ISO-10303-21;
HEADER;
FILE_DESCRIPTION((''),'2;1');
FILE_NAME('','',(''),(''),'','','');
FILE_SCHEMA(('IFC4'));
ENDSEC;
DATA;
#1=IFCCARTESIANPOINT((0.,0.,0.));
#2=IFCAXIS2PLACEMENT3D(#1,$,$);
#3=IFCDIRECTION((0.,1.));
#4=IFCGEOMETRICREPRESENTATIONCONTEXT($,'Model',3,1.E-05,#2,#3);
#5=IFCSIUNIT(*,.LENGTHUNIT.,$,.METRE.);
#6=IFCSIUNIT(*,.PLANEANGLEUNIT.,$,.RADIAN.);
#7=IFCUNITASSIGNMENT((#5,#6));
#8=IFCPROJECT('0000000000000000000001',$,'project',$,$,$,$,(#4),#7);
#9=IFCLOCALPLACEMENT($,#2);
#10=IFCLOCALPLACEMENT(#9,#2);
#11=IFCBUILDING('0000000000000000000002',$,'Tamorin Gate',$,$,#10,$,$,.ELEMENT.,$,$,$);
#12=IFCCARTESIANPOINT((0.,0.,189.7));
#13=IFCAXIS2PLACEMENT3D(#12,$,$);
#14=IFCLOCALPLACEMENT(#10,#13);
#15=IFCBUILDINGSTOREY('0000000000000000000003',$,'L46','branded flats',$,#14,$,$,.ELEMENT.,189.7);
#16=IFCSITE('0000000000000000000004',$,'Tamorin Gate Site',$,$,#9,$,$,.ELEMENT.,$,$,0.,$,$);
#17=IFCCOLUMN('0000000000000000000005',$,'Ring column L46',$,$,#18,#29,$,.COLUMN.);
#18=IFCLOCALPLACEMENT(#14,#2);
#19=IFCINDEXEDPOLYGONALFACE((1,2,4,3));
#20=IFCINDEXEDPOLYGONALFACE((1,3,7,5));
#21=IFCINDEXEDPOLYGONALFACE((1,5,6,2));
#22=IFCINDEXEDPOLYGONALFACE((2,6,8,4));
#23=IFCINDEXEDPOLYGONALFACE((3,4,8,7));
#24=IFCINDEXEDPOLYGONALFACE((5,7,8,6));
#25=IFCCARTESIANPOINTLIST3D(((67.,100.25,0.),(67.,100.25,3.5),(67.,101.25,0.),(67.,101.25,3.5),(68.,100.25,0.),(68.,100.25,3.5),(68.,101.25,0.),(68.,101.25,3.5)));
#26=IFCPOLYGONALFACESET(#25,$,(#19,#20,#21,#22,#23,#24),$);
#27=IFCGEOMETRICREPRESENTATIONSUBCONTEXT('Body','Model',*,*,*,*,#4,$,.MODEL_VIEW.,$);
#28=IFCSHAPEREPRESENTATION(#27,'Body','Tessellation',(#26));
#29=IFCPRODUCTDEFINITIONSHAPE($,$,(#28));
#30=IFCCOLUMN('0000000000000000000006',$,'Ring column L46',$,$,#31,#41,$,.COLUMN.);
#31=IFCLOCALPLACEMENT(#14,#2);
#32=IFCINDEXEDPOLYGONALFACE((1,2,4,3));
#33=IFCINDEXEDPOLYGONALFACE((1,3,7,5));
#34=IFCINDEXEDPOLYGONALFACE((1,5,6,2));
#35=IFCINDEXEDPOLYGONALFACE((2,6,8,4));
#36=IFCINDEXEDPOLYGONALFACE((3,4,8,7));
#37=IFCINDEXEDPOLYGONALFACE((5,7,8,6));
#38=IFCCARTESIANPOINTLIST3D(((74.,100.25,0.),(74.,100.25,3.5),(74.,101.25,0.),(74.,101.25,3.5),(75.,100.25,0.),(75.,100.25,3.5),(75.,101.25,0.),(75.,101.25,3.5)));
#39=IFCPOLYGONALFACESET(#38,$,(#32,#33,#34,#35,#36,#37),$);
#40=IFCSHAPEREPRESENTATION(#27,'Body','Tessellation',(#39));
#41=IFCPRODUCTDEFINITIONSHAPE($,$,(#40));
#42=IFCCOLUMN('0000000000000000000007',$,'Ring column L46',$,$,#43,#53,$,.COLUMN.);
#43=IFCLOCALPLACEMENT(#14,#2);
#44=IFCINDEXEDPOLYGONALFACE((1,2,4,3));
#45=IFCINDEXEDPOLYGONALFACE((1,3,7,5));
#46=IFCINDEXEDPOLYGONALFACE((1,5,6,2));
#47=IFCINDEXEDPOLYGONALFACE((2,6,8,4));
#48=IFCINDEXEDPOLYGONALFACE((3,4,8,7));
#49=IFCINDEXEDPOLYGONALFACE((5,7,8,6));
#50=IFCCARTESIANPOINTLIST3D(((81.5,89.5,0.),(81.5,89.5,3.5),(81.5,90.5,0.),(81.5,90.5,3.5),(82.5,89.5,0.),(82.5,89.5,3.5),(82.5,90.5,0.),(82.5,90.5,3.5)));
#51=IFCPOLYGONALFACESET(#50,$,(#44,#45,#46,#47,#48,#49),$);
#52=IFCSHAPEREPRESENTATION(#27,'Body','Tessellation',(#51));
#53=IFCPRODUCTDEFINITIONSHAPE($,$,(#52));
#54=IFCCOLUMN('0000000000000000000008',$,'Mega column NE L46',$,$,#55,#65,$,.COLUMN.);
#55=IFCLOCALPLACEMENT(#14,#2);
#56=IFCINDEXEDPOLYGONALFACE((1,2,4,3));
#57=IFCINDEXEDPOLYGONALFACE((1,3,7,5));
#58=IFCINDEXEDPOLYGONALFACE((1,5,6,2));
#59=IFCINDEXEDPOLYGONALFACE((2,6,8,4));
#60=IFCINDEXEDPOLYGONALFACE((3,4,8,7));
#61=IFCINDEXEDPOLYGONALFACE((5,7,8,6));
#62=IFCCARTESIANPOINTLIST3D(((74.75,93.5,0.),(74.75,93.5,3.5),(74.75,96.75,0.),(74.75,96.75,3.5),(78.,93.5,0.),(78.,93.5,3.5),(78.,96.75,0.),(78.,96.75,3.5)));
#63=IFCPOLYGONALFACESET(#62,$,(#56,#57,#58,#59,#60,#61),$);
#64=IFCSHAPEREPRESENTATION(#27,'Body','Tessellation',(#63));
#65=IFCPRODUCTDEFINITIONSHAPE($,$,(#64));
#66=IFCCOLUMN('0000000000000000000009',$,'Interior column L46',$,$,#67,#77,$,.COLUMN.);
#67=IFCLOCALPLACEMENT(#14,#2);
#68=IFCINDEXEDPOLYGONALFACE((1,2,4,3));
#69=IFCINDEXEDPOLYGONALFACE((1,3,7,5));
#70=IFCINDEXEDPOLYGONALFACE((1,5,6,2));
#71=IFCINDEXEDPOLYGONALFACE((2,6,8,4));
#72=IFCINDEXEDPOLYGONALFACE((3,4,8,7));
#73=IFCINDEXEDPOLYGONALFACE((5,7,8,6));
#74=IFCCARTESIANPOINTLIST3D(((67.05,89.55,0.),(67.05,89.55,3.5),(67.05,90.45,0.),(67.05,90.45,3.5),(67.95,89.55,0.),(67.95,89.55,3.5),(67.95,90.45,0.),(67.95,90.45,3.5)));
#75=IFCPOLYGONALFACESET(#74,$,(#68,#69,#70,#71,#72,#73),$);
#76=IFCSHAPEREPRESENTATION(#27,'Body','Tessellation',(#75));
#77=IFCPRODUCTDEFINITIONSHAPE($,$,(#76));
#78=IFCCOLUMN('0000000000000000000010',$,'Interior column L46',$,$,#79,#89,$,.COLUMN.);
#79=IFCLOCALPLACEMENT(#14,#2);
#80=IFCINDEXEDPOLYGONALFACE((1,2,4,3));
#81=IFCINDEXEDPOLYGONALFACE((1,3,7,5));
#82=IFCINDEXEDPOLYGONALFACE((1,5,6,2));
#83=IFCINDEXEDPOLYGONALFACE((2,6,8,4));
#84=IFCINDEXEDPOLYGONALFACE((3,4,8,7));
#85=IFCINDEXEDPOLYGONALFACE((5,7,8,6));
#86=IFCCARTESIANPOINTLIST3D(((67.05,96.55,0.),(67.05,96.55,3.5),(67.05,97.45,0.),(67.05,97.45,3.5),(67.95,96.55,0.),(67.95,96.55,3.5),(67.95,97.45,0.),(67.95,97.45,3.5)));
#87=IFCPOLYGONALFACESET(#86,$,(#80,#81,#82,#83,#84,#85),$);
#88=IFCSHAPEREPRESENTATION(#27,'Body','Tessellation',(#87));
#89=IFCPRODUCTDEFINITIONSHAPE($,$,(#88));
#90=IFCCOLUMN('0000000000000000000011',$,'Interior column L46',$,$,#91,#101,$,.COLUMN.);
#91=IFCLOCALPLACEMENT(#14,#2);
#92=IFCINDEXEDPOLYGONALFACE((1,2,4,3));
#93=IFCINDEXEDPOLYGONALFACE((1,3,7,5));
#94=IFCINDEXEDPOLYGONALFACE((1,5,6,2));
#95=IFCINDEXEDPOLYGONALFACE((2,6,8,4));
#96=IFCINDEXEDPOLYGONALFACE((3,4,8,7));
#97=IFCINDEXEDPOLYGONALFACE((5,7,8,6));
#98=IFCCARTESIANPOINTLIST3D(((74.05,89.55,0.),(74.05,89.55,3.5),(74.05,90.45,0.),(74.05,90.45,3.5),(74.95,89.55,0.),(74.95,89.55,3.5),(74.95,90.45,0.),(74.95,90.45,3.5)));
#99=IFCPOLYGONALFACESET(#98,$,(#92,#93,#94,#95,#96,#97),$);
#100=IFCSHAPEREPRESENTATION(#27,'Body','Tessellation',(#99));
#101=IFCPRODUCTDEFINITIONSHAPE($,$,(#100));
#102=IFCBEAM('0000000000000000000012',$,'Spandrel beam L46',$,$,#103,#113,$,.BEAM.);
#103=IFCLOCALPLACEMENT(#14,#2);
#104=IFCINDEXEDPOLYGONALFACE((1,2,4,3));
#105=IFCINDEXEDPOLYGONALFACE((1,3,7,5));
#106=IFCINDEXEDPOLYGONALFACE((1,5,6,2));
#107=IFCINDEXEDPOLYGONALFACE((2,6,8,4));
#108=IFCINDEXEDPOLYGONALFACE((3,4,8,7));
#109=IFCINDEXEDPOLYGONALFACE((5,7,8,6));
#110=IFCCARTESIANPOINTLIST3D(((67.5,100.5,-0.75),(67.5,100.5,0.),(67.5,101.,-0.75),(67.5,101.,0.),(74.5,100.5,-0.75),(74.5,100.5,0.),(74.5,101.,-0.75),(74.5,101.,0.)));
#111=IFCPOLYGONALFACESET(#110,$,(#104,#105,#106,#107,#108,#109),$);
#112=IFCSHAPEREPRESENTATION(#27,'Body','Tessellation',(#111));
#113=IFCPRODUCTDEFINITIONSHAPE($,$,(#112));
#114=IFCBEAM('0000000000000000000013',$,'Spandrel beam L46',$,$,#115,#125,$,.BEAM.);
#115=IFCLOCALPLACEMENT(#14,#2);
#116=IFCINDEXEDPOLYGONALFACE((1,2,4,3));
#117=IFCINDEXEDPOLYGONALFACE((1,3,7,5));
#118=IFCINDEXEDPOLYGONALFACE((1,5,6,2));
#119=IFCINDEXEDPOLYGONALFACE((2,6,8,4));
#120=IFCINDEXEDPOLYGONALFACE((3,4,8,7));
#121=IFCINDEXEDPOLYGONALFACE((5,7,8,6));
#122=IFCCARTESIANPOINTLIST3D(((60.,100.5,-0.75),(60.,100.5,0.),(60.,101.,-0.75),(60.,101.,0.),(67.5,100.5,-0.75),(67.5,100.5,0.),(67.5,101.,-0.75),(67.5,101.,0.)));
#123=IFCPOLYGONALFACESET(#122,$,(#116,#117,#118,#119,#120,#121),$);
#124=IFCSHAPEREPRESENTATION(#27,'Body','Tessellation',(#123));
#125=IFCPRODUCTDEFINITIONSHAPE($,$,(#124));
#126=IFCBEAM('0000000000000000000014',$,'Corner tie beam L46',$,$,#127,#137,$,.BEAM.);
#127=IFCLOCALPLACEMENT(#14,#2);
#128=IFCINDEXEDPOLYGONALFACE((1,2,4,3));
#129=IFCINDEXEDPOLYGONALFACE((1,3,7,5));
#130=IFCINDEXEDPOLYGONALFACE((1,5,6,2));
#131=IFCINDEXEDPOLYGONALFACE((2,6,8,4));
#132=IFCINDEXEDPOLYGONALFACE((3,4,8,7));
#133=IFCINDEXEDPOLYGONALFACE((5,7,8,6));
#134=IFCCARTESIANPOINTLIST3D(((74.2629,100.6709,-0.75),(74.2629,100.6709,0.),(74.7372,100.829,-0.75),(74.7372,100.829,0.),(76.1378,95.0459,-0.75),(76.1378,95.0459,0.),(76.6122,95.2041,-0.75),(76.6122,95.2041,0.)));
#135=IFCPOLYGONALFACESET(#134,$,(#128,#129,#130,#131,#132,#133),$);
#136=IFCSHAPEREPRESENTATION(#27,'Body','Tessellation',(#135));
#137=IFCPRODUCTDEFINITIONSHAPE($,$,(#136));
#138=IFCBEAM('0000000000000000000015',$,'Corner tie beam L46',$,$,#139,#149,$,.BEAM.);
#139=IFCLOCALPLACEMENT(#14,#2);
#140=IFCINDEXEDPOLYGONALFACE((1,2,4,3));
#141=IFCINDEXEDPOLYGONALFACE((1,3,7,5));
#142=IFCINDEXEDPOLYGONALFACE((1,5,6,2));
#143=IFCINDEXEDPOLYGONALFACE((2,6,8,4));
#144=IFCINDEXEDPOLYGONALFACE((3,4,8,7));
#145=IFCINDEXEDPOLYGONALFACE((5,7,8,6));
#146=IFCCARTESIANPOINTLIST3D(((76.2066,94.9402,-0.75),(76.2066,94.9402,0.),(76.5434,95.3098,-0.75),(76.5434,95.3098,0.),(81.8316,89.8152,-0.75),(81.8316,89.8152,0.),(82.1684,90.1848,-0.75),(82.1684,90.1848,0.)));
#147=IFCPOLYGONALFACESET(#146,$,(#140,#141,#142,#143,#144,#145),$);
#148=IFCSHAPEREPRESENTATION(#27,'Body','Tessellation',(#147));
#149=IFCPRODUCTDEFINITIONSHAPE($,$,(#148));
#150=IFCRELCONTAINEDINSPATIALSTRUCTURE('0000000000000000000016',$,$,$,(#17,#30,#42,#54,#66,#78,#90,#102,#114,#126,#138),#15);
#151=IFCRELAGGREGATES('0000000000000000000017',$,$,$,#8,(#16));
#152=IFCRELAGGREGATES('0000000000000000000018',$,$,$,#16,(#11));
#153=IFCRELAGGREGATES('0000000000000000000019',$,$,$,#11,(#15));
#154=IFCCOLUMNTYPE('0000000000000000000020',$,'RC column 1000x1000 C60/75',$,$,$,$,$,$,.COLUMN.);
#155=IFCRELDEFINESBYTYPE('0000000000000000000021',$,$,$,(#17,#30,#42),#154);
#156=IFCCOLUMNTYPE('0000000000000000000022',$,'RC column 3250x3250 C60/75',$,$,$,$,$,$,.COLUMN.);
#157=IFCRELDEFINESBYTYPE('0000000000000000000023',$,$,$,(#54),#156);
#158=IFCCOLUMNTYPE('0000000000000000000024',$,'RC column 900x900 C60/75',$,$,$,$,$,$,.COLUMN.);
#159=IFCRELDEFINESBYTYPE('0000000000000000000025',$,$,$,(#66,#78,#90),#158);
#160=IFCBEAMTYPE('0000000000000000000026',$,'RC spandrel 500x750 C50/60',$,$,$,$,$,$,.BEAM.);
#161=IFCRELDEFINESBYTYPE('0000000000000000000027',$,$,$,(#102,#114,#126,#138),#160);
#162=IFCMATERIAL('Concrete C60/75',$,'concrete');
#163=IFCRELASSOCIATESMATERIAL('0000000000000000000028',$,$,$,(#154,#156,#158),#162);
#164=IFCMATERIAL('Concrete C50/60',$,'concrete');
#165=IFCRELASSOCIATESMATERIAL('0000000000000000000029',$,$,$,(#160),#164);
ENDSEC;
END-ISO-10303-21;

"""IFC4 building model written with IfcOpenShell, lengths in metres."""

from ifc_helpers import new_model, si_unit, direction, frame, origin, origin_2d, place, context, subcontext, project, spatial, rectangle, extrude, material, material_profile, profile_set, type_object, element, save


model = new_model("IFC4")

# Units and contexts
model_context = context("Model", 3, precision=1e-05, world=origin(), true_north=direction((0.0, 1.0)))
body_context = subcontext(model_context, "Body", "Model", "MODEL_VIEW")
ifc_project = project(units=[si_unit("LENGTHUNIT", "METRE"), si_unit("PLANEANGLEUNIT", "RADIAN")], contexts=[model_context])

# Site, building, storey
site_placement = place(None, origin())
site = spatial("IfcSite", under=ifc_project, at=site_placement, Name="Tamorin Gate Site", CompositionType="ELEMENT", RefElevation=0.0)
building_placement = place(site_placement, origin())
building = spatial("IfcBuilding", under=site, at=building_placement, Name="Tamorin Gate", CompositionType="ELEMENT")
storey_placement = place(building_placement, frame((0.0, 0.0, 189.7)))
storey = spatial("IfcBuildingStorey", under=building, at=storey_placement, Name="L46", Description="branded flats", CompositionType="ELEMENT", Elevation=189.7)

# Columns
ifc_material_1 = material(Name="Concrete C60/75", Category="concrete")
ifc_material_profile_1 = material_profile(ifc_material_1, rectangle(XDim=1.0, YDim=1.0, at=origin_2d()), Name="RC 1000x1000")
ifc_profile_set_1 = profile_set([ifc_material_profile_1], Name="Concrete C60/75")
column_type_1 = type_object("IfcColumnType", Name="RC column 1000x1000 C60/75", PredefinedType="COLUMN", material=ifc_profile_set_1)
for number, where, z_axis, x_axis, name in (
    (1, (67.5, 100.75, 0.0), (0.0, 0.0, 1.0), (1.0, 0.0, 0.0), "Ring column L46"),
    (2, (74.5, 100.75, 0.0), (0.0, 0.0, 1.0), (1.0, 0.0, 0.0), "Ring column L46"),
    (3, (82.0, 90.0, 0.0), (0.0, 0.0, 1.0), (1.0, 0.0, 0.0), "Ring column L46"),
):
    element("IfcColumn", number, at=place(storey_placement, frame(where, z_axis=z_axis, x_axis=x_axis)), inside=storey, type_object=column_type_1, Name=name, PredefinedType="COLUMN", context=body_context, shape_type="SweptSolid", body=[
        extrude(rectangle(XDim=1.0, YDim=1.0, at=origin_2d()), origin(), (0.0, 0.0, 1.0), 3.5),
    ])
ifc_material_profile_2 = material_profile(ifc_material_1, rectangle(XDim=3.25, YDim=3.25, at=origin_2d()), Name="RC 3250x3250")
ifc_profile_set_2 = profile_set([ifc_material_profile_2], Name="Concrete C60/75")
column_type_2 = type_object("IfcColumnType", Name="RC column 3250x3250 C60/75", PredefinedType="COLUMN", material=ifc_profile_set_2)
column_placement = place(storey_placement, frame((76.375, 95.125, 0.0), z_axis=(0.0, 0.0, 1.0), x_axis=(1.0, 0.0, 0.0)))
element("IfcColumn", 4, at=column_placement, inside=storey, type_object=column_type_2, Name="Mega column NE L46", PredefinedType="COLUMN", context=body_context, shape_type="SweptSolid", body=[
    extrude(rectangle(XDim=3.25, YDim=3.25, at=origin_2d()), origin(), (0.0, 0.0, 1.0), 3.5),
])
ifc_material_profile_3 = material_profile(ifc_material_1, rectangle(XDim=0.8999, YDim=0.8999, at=origin_2d()), Name="RC 900x900")
ifc_profile_set_3 = profile_set([ifc_material_profile_3], Name="Concrete C60/75")
column_type_3 = type_object("IfcColumnType", Name="RC column 900x900 C60/75", PredefinedType="COLUMN", material=ifc_profile_set_3)
for number, where, z_axis, x_axis, name in (
    (5, (67.5, 90.0, 0.0), (0.0, 0.0, 1.0), (1.0, 0.0, 0.0), "Interior column L46"),
    (6, (67.5, 97.0, 0.0), (0.0, 0.0, 1.0), (1.0, 0.0, 0.0), "Interior column L46"),
    (7, (74.5, 90.0, 0.0), (0.0, 0.0, 1.0), (1.0, 0.0, 0.0), "Interior column L46"),
):
    element("IfcColumn", number, at=place(storey_placement, frame(where, z_axis=z_axis, x_axis=x_axis)), inside=storey, type_object=column_type_3, Name=name, PredefinedType="COLUMN", context=body_context, shape_type="SweptSolid", body=[
        extrude(rectangle(XDim=0.8999, YDim=0.8999, at=origin_2d()), origin(), (0.0, 0.0, 1.0), 3.5),
    ])

# Beams
ifc_material_2 = material(Name="Concrete C50/60", Category="concrete")
ifc_material_profile_4 = material_profile(ifc_material_2, rectangle(XDim=0.5, YDim=0.75, at=origin_2d()), Name="RC 500x750")
ifc_profile_set_4 = profile_set([ifc_material_profile_4], Name="Concrete C50/60")
beam_type = type_object("IfcBeamType", Name="RC spandrel 500x750 C50/60", PredefinedType="BEAM", material=ifc_profile_set_4)
beam_1_placement = place(storey_placement, frame((74.5, 100.75, -0.375), z_axis=(-1.0, 0.0, 0.0), x_axis=(0.0, -1.0, 0.0)))
element("IfcBeam", 8, at=beam_1_placement, inside=storey, type_object=beam_type, Name="Spandrel beam L46", PredefinedType="BEAM", context=body_context, shape_type="SweptSolid", body=[
    extrude(rectangle(XDim=0.5, YDim=0.75, at=origin_2d()), origin(), (0.0, 0.0, 1.0), 7.0),
])
beam_2_placement = place(storey_placement, frame((67.5, 100.75, -0.375), z_axis=(-1.0, 0.0, 0.0), x_axis=(0.0, -1.0, 0.0)))
element("IfcBeam", 9, at=beam_2_placement, inside=storey, type_object=beam_type, Name="Spandrel beam L46", PredefinedType="BEAM", context=body_context, shape_type="SweptSolid", body=[
    extrude(rectangle(XDim=0.5, YDim=0.75, at=origin_2d()), origin(), (0.0, 0.0, 1.0), 7.5),
])
beam_3_placement = place(storey_placement, frame((76.375, 95.125, -0.375), z_axis=(-0.316228, 0.948683, 0.0), x_axis=(-0.948683, -0.316228, 0.0)))
element("IfcBeam", 10, at=beam_3_placement, inside=storey, type_object=beam_type, Name="Corner tie beam L46", PredefinedType="BEAM", context=body_context, shape_type="SweptSolid", body=[
    extrude(rectangle(XDim=0.5, YDim=0.75, at=origin_2d()), origin(), (0.0, 0.0, 1.0), 5.9292),
])
beam_4_placement = place(storey_placement, frame((76.375, 95.125, -0.375), z_axis=(0.739196, -0.67349, 0.0), x_axis=(0.67349, 0.739196, 0.0)))
element("IfcBeam", 11, at=beam_4_placement, inside=storey, type_object=beam_type, Name="Corner tie beam L46", PredefinedType="BEAM", context=body_context, shape_type="SweptSolid", body=[
    extrude(rectangle(XDim=0.5, YDim=0.75, at=origin_2d()), origin(), (0.0, 0.0, 1.0), 7.6096),
])

save(model, "model.ifc")
